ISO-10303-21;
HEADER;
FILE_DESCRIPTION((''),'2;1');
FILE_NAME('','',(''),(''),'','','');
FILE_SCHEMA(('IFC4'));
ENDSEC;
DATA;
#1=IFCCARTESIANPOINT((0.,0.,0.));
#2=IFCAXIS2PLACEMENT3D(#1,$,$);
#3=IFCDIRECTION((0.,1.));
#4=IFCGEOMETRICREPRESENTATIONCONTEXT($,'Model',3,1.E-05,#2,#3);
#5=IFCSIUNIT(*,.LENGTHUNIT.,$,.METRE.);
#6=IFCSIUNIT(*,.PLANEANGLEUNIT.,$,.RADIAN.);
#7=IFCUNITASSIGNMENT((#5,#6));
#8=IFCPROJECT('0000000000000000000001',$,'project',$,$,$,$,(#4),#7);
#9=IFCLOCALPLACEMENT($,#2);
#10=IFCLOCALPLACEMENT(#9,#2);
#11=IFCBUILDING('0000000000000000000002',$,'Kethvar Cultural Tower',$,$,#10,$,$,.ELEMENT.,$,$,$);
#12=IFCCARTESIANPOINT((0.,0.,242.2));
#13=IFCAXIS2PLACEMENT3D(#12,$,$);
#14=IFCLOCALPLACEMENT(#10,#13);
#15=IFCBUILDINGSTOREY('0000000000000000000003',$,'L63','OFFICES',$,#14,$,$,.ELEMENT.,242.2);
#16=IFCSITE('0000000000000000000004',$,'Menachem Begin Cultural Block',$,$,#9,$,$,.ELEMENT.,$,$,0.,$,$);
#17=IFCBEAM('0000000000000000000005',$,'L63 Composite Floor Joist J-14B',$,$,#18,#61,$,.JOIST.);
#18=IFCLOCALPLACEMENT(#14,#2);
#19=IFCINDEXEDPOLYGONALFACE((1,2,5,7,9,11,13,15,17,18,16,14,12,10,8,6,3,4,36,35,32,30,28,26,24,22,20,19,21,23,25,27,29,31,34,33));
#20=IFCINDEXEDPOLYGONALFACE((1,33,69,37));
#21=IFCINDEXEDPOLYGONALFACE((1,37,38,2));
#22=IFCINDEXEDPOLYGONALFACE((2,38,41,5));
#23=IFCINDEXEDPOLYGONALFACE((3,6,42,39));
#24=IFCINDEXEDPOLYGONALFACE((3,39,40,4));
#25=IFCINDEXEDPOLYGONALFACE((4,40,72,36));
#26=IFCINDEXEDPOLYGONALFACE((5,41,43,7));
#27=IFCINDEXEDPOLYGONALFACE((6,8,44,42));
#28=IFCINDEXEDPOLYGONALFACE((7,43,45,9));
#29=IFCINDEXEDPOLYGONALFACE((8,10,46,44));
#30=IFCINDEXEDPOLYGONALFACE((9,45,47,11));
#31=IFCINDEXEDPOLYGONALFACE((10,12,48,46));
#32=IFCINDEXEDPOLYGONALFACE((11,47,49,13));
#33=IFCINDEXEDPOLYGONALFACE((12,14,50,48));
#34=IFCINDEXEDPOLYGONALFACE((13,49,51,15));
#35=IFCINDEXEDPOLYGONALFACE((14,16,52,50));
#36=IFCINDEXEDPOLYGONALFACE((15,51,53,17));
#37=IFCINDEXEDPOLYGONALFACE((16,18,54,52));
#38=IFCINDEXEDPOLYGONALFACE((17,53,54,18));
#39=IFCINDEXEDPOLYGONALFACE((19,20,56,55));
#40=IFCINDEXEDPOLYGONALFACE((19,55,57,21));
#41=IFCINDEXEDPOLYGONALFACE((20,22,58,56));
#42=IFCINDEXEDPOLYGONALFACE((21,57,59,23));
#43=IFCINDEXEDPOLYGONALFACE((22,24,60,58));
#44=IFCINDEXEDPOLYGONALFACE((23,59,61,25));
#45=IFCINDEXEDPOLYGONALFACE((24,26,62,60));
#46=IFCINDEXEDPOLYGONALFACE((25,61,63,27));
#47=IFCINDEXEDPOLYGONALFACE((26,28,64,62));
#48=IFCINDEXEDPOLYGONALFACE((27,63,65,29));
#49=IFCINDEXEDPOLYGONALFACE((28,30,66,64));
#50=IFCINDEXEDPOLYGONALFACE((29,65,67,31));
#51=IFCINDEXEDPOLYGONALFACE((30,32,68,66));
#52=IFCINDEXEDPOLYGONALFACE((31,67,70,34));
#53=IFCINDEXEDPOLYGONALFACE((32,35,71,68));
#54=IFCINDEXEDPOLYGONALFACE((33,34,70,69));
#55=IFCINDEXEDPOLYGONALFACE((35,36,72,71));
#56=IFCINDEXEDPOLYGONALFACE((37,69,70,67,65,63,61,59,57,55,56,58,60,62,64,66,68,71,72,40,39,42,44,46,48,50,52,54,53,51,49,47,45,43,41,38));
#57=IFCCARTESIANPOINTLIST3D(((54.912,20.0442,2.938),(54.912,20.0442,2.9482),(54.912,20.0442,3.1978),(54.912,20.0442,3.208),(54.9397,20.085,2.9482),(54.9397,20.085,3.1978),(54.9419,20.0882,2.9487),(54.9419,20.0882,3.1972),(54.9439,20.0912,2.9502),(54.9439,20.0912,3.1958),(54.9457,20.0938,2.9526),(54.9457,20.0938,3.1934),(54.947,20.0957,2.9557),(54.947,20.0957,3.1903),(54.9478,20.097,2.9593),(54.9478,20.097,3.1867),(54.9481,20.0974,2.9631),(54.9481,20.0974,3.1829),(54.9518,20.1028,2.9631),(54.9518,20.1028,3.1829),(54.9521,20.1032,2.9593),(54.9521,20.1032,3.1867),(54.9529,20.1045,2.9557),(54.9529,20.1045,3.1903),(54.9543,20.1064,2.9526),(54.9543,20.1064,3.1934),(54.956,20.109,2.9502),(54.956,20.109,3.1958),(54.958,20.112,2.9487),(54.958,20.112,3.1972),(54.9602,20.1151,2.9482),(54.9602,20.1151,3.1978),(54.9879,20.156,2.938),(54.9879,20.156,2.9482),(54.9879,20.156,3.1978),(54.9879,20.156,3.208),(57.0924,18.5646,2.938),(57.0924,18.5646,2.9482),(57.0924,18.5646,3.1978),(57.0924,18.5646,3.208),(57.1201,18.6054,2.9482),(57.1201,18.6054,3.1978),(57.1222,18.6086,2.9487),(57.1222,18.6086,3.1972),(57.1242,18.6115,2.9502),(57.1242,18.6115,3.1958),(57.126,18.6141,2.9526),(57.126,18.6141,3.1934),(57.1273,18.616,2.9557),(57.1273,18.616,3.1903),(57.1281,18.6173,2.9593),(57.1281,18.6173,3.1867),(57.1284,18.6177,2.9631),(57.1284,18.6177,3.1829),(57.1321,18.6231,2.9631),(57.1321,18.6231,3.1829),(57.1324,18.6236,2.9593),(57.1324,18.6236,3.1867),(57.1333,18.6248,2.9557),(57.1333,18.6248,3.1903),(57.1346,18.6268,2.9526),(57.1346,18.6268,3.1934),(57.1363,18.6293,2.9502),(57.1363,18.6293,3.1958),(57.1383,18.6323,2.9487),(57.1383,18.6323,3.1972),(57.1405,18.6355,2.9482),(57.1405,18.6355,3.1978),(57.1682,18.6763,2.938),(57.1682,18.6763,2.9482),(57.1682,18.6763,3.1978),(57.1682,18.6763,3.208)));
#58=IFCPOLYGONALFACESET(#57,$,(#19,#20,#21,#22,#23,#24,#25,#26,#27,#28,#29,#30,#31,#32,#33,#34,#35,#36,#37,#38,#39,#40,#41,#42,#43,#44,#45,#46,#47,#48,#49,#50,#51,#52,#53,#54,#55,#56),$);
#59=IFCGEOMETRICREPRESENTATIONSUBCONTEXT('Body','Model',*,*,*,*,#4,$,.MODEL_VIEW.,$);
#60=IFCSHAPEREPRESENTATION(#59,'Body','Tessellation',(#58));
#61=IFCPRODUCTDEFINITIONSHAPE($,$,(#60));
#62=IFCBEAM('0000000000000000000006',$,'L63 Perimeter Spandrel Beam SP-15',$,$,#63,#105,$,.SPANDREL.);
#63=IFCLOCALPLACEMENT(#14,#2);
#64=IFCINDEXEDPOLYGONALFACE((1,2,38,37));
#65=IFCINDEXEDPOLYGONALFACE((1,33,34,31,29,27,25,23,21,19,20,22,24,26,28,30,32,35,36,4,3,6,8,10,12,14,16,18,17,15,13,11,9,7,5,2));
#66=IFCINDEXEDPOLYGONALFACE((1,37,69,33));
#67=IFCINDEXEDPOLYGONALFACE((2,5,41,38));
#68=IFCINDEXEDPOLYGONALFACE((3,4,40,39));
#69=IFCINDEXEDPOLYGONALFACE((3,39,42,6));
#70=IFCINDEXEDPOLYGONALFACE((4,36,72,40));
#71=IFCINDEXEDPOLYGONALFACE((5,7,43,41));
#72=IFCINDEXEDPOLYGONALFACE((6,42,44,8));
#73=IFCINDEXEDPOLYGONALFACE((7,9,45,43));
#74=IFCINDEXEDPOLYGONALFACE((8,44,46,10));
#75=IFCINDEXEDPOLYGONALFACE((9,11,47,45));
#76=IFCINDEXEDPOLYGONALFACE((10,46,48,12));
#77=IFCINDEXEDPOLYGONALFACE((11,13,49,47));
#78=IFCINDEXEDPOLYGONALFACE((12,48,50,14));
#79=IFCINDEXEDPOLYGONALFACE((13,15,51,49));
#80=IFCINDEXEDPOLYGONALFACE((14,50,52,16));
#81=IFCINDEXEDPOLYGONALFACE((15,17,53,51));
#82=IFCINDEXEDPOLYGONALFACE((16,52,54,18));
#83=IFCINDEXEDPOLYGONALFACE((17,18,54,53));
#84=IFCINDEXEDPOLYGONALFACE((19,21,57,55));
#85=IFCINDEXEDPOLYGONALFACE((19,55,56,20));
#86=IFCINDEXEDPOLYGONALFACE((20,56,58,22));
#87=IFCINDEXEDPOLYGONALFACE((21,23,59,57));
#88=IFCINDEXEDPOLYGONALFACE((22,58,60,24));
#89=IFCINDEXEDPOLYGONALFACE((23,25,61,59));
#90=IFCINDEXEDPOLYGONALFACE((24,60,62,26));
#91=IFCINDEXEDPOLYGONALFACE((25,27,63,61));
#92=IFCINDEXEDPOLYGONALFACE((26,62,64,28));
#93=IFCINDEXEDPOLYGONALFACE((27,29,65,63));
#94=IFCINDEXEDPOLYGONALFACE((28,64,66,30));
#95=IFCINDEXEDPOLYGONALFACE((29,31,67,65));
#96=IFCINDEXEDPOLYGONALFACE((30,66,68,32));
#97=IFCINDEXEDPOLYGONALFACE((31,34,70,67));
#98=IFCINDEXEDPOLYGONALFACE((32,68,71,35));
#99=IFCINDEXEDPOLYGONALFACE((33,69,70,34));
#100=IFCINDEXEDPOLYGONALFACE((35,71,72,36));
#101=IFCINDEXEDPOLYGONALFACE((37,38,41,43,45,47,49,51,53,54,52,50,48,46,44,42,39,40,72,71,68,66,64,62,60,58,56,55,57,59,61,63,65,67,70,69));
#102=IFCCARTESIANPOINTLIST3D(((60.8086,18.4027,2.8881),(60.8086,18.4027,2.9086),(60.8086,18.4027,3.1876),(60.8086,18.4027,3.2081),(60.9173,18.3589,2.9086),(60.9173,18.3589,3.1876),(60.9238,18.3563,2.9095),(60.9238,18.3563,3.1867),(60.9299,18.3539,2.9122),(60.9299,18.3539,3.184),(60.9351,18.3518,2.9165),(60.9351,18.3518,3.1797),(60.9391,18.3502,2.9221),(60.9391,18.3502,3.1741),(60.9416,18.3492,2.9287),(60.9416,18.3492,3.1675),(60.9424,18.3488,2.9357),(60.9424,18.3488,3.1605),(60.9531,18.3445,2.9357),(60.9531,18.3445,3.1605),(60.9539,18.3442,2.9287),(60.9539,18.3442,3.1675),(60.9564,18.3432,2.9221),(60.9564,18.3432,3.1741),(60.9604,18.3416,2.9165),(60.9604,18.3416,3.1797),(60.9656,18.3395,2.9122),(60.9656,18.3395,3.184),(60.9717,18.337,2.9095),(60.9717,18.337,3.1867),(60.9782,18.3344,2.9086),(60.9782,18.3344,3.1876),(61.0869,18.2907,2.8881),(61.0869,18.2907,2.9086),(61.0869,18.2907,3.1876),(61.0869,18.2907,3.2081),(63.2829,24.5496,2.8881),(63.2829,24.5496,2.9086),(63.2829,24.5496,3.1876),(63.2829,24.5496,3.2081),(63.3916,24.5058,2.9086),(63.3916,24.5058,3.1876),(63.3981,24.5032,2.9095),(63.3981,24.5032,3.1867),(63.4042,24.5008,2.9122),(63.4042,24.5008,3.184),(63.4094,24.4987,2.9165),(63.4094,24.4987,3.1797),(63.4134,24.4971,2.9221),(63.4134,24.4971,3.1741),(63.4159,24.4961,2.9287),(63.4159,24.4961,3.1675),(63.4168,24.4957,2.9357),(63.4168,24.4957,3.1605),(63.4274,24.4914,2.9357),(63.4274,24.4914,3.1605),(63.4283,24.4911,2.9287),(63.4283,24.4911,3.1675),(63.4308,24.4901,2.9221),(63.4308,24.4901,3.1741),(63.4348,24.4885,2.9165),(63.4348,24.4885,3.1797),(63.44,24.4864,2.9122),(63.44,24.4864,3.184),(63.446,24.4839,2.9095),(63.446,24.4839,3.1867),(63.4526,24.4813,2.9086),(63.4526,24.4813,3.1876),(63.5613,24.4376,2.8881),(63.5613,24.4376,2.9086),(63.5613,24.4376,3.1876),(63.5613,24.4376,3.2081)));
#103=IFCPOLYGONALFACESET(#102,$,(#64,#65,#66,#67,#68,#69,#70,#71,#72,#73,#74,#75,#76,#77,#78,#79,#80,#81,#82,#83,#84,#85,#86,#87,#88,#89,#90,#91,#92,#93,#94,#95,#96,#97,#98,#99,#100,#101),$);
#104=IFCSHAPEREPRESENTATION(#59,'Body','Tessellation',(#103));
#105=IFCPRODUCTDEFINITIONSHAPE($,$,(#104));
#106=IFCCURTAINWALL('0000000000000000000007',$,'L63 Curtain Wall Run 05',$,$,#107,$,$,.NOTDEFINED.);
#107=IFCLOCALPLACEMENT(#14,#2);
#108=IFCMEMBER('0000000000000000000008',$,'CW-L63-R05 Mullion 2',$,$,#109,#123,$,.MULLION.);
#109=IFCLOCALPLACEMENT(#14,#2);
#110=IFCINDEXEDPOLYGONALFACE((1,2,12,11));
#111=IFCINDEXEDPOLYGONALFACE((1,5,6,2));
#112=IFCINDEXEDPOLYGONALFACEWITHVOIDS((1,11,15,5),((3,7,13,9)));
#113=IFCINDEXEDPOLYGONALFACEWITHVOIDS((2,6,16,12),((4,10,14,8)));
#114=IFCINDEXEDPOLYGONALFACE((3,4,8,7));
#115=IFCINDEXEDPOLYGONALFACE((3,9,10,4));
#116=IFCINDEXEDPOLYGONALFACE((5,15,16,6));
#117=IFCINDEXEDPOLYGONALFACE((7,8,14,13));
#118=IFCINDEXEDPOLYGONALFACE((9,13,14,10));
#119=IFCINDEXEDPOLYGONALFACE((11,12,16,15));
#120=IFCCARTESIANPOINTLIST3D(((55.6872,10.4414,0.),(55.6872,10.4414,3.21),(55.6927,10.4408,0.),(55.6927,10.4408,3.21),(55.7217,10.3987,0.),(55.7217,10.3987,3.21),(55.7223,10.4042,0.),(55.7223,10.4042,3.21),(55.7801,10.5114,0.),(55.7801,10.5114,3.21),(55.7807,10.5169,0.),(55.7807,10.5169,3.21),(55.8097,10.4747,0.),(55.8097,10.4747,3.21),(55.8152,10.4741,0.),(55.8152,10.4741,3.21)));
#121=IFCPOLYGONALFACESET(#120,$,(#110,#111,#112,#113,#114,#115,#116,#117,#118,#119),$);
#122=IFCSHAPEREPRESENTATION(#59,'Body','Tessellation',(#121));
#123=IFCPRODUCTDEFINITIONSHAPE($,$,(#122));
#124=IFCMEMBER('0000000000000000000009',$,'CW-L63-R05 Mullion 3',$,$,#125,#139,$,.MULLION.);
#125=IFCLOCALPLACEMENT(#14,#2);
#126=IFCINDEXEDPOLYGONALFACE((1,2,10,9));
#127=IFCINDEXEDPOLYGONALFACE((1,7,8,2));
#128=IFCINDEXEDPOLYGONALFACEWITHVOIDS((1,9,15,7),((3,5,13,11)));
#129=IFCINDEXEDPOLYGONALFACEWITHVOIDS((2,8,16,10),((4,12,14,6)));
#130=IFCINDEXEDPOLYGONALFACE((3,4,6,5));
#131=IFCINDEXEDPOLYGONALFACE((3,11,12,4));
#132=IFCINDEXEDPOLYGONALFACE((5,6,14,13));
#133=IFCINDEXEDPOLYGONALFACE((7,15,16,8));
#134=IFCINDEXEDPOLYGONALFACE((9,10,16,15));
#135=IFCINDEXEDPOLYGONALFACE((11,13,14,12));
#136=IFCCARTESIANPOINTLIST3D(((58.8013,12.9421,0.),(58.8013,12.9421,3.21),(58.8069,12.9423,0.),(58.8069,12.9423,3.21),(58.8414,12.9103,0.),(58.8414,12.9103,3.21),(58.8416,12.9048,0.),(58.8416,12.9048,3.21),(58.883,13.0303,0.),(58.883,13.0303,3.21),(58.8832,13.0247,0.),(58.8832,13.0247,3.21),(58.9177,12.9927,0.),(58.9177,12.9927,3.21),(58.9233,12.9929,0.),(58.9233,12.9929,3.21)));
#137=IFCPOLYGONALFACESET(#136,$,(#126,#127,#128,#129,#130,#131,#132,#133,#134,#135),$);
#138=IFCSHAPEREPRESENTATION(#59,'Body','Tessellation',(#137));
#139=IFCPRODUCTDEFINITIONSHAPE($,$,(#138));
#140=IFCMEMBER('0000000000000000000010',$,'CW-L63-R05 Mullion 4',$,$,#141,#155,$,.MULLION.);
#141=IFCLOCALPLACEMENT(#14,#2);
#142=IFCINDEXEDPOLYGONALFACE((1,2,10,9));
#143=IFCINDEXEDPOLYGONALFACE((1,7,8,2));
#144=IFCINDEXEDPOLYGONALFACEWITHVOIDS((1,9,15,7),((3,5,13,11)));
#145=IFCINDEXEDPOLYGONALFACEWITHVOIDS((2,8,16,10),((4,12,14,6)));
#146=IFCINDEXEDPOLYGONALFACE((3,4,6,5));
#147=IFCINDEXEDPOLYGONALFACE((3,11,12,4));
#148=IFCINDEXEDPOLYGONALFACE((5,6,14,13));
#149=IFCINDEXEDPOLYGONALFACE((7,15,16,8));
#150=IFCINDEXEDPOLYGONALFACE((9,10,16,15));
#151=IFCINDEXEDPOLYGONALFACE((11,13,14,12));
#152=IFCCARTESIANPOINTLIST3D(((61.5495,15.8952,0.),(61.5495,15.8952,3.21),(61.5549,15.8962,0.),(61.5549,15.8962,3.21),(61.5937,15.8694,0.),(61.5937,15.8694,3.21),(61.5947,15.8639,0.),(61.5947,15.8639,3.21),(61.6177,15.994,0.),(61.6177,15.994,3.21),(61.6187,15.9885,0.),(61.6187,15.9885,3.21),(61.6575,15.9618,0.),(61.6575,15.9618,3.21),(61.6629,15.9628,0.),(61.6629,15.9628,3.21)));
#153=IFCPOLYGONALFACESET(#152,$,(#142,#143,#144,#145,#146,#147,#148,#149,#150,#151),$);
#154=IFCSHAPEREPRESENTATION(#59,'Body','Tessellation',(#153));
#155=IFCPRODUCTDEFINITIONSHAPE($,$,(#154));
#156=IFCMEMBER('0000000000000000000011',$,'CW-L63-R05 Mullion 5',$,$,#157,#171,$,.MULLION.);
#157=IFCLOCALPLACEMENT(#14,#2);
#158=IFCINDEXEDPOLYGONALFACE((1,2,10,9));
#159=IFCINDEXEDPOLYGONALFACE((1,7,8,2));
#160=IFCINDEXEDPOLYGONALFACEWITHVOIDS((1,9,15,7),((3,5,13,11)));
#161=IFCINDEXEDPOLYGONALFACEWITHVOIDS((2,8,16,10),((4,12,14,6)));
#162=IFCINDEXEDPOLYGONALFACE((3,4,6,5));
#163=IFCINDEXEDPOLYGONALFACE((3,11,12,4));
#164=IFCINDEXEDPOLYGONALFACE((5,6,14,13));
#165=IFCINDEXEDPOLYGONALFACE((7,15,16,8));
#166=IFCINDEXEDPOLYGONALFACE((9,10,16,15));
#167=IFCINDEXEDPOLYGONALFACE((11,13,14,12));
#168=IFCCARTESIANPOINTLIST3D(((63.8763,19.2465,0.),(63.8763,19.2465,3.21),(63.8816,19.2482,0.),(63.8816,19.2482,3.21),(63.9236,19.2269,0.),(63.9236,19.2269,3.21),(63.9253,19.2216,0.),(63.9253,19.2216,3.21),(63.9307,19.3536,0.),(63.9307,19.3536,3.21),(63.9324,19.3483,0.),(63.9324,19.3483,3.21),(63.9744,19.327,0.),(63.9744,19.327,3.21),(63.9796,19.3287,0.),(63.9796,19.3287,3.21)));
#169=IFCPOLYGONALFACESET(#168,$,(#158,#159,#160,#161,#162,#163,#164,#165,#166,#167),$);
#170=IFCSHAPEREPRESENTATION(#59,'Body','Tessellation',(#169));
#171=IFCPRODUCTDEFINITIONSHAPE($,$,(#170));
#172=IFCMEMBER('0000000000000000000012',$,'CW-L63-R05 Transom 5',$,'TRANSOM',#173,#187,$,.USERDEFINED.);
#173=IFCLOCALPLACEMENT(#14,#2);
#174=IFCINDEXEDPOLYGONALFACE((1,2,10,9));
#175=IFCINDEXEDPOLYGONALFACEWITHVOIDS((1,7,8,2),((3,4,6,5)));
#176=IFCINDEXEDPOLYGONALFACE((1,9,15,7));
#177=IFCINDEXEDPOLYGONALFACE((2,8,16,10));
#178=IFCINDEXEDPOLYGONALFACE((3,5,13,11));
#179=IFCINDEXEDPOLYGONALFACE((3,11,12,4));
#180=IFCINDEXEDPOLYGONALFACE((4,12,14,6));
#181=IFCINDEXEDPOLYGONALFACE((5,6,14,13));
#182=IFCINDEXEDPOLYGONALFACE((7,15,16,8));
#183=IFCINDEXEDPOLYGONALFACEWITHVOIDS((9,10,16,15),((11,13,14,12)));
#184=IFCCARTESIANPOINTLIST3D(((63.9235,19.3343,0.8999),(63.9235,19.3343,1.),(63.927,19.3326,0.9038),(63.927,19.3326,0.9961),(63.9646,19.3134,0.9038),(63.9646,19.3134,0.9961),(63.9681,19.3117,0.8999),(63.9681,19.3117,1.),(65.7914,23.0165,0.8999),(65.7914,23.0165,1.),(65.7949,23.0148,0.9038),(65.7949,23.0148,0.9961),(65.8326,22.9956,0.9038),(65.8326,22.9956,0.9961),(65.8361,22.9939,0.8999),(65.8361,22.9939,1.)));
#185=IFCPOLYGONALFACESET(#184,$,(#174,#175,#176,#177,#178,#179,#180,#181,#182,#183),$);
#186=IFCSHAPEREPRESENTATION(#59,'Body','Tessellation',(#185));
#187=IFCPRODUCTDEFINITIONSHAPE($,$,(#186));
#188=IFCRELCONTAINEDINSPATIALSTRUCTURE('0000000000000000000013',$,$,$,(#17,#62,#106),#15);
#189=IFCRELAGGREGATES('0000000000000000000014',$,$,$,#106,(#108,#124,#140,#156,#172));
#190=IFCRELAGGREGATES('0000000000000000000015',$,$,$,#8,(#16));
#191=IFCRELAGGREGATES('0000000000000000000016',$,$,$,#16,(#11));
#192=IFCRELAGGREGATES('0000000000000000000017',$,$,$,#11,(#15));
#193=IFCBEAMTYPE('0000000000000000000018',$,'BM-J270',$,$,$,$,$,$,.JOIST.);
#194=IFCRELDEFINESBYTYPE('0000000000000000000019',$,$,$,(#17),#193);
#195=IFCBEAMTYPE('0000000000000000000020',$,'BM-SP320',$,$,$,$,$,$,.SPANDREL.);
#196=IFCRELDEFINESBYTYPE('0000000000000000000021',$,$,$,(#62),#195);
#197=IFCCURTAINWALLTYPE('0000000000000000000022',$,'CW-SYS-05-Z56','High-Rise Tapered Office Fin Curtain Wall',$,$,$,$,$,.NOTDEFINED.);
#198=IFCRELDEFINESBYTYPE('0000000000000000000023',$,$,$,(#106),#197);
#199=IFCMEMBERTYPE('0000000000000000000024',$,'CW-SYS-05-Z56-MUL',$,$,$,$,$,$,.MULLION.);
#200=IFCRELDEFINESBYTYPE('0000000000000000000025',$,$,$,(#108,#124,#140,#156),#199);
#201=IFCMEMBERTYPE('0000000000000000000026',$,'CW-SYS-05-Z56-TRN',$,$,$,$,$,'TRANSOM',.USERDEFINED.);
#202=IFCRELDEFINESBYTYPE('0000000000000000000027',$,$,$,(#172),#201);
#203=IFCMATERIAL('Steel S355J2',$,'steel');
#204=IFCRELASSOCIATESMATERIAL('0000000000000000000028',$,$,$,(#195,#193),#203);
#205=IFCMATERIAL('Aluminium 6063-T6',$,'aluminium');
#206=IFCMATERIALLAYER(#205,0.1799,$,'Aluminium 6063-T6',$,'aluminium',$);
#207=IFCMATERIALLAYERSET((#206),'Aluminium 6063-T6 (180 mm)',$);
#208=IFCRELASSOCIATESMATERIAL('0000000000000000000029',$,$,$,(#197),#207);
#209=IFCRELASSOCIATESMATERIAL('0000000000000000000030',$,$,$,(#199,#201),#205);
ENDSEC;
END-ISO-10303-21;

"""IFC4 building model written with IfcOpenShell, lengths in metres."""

from ifc_helpers import new_model, si_unit, direction, frame, origin, origin_2d, place, context, subcontext, project, spatial, hollow_rectangle, i_section, extrude, source, transform, mapped, material, layer, layer_set, material_profile, profile_set, type_object, element, aggregate, save


model = new_model("IFC4")

# Units and contexts
model_context = context("Model", 3, precision=1e-05, world=origin(), true_north=direction((0.0, 1.0)))
body_context = subcontext(model_context, "Body", "Model", "MODEL_VIEW")
ifc_project = project(units=[si_unit("LENGTHUNIT", "METRE"), si_unit("PLANEANGLEUNIT", "RADIAN")], contexts=[model_context])

# Site, building, storey
site_placement = place(None, origin())
site = spatial("IfcSite", under=ifc_project, at=site_placement, Name="Menachem Begin Cultural Block", CompositionType="ELEMENT", RefElevation=0.0)
building_placement = place(site_placement, origin())
building = spatial("IfcBuilding", under=site, at=building_placement, Name="Kethvar Cultural Tower", CompositionType="ELEMENT")
storey_placement = place(building_placement, frame((0.0, 0.0, 242.2)))
storey = spatial("IfcBuildingStorey", under=building, at=storey_placement, Name="L63", Description="OFFICES", CompositionType="ELEMENT", Elevation=242.2)

# Beams
ifc_material_1 = material(Name="Steel S355J2", Category="steel")
ifc_material_profile_1 = material_profile(ifc_material_1, i_section(OverallWidth=0.3, OverallDepth=0.3201, WebThickness=0.0115, FlangeThickness=0.0205, FilletRadius=0.0271, at=origin_2d()), Name="Steel S355J2 — HEB320")
ifc_profile_set_1 = profile_set([ifc_material_profile_1], Name="Steel S355J2 — HEB320")
beam_type_1 = type_object("IfcBeamType", Name="BM-SP320", PredefinedType="SPANDREL", material=ifc_profile_set_1)
ifc_material_profile_2 = material_profile(ifc_material_1, i_section(OverallWidth=0.135, OverallDepth=0.27, WebThickness=0.0066, FlangeThickness=0.0103, FilletRadius=0.0149, at=origin_2d()), Name="Steel S355J2 — IPE270")
ifc_profile_set_2 = profile_set([ifc_material_profile_2], Name="Steel S355J2 — IPE270")
beam_type_2 = type_object("IfcBeamType", Name="BM-J270", PredefinedType="JOIST", material=ifc_profile_set_2)
shared_shape_1 = source(origin(), body_context, "Body", "SweptSolid", [
    extrude(i_section(OverallWidth=0.135, OverallDepth=0.27, WebThickness=0.0066, FlangeThickness=0.0103, FilletRadius=0.0149, at=origin_2d()), origin(), (0.0, 0.0, 1.0), 2.635),
])
beam_1_placement = place(storey_placement, frame((54.95, 20.1001, 3.073), z_axis=(0.827447, -0.561544, 0.0), x_axis=(0.561544, 0.827447, 0.0)))
element("IfcBeam", 1, at=beam_1_placement, inside=storey, type_object=beam_type_2, Name="L63 Composite Floor Joist J-14B", PredefinedType="JOIST", context=body_context, shape_type="MappedRepresentation", body=[
    mapped(shared_shape_1, transform((0.0, 0.0, 0.0), scale=1.0)),
])
shared_shape_2 = source(origin(), body_context, "Body", "SweptSolid", [
    extrude(i_section(OverallWidth=0.3, OverallDepth=0.3201, WebThickness=0.0115, FlangeThickness=0.0205, FilletRadius=0.0271, at=origin_2d()), origin(), (0.0, 0.0, 1.0), 6.6262),
])
beam_2_placement = place(storey_placement, frame((60.9478, 18.3467, 3.0481), z_axis=(0.373416, 0.927664, 0.0), x_axis=(-0.927664, 0.373416, 0.0)))
element("IfcBeam", 2, at=beam_2_placement, inside=storey, type_object=beam_type_1, Name="L63 Perimeter Spandrel Beam SP-15", PredefinedType="SPANDREL", context=body_context, shape_type="MappedRepresentation", body=[
    mapped(shared_shape_2, transform((0.0, 0.0, 0.0), scale=1.0)),
])

# Curtain wall, members
ifc_material_2 = material(Name="Aluminium 6063-T6", Category="aluminium")
ifc_layer_1 = layer(ifc_material_2, 0.1799, Name="Aluminium 6063-T6", Category="aluminium")
ifc_layer_set_1 = layer_set([ifc_layer_1], Name="Aluminium 6063-T6 (180 mm)")
curtain_wall_type = type_object("IfcCurtainWallType", Name="CW-SYS-05-Z56", Description="High-Rise Tapered Office Fin Curtain Wall", PredefinedType="NOTDEFINED", material=ifc_layer_set_1)
curtain_wall_placement = place(storey_placement, origin())
curtain_wall = element("IfcCurtainWall", 3, at=curtain_wall_placement, inside=storey, type_object=curtain_wall_type, Name="L63 Curtain Wall Run 05", PredefinedType="NOTDEFINED")
ifc_material_profile_3 = material_profile(ifc_material_2, hollow_rectangle(XDim=0.0549, YDim=0.1201, WallThickness=0.0039, at=origin_2d()), Name="Aluminium 6063-T6 — RHS120x55x4")
ifc_profile_set_3 = profile_set([ifc_material_profile_3], Name="Aluminium 6063-T6 — RHS120x55x4")
member_type_1 = type_object("IfcMemberType", Name="CW-SYS-05-Z56-MUL", PredefinedType="MULLION", material=ifc_profile_set_3)
shared_shape_3 = source(origin(), body_context, "Body", "SweptSolid", [
    extrude(hollow_rectangle(XDim=0.0549, YDim=0.1201, WallThickness=0.0039, at=origin_2d()), origin(), (0.0, 0.0, 1.0), 3.21),
])
member_1_placement = place(storey_placement, frame((55.7512, 10.4578, 0.0), z_axis=(0.0, 0.0, 1.0), x_axis=(-0.628126, 0.778112, 0.0)))
member_1 = element("IfcMember", 4, at=member_1_placement, type_object=member_type_1, Name="CW-L63-R05 Mullion 2", PredefinedType="MULLION", context=body_context, shape_type="MappedRepresentation", body=[
    mapped(shared_shape_3, transform((0.0, 0.0, 0.0), scale=1.0)),
])
member_2_placement = place(storey_placement, frame((58.8623, 12.9675, 0.0), z_axis=(0.0, 0.0, 1.0), x_axis=(-0.733706, 0.679467, 0.0)))
member_2 = element("IfcMember", 5, at=member_2_placement, type_object=member_type_1, Name="CW-L63-R05 Mullion 3", PredefinedType="MULLION", context=body_context, shape_type="MappedRepresentation", body=[
    mapped(shared_shape_3, transform((0.0, 0.0, 0.0), scale=1.0)),
])
member_3_placement = place(storey_placement, frame((61.6062, 15.929, 0.0), z_axis=(0.0, 0.0, 1.0), x_axis=(-0.82271, 0.568461, 0.0)))
member_3 = element("IfcMember", 6, at=member_3_placement, type_object=member_type_1, Name="CW-L63-R05 Mullion 4", PredefinedType="MULLION", context=body_context, shape_type="MappedRepresentation", body=[
    mapped(shared_shape_3, transform((0.0, 0.0, 0.0), scale=1.0)),
])
member_4_placement = place(storey_placement, frame((63.928, 19.2876, 0.0), z_axis=(0.0, 0.0, 1.0), x_axis=(-0.891813, 0.452404, 0.0)))
member_4 = element("IfcMember", 7, at=member_4_placement, type_object=member_type_1, Name="CW-L63-R05 Mullion 5", PredefinedType="MULLION", context=body_context, shape_type="MappedRepresentation", body=[
    mapped(shared_shape_3, transform((0.0, 0.0, 0.0), scale=1.0)),
])
ifc_material_profile_4 = material_profile(ifc_material_2, hollow_rectangle(XDim=0.05, YDim=0.1001, WallThickness=0.0039, at=origin_2d()), Name="Aluminium 6063-T6 — RHS100x50x4")
ifc_profile_set_4 = profile_set([ifc_material_profile_4], Name="Aluminium 6063-T6 — RHS100x50x4")
member_type_2 = type_object("IfcMemberType", Name="CW-SYS-05-Z56-TRN", ElementType="TRANSOM", PredefinedType="USERDEFINED", material=ifc_profile_set_4)
shared_shape_4 = source(origin(), body_context, "Body", "SweptSolid", [
    extrude(hollow_rectangle(XDim=0.05, YDim=0.1001, WallThickness=0.0039, at=origin_2d()), origin(), (0.0, 0.0, 1.0), 4.1289),
])
member_5_placement = place(storey_placement, frame((63.9458, 19.323, 0.95), z_axis=(0.45241, 0.89181, 0.0), x_axis=(-0.89181, 0.45241, 0.0)))
member_5 = element("IfcMember", 8, at=member_5_placement, type_object=member_type_2, Name="CW-L63-R05 Transom 5", ObjectType="TRANSOM", PredefinedType="USERDEFINED", context=body_context, shape_type="MappedRepresentation", body=[
    mapped(shared_shape_4, transform((0.0, 0.0, 0.0), scale=1.0)),
])
aggregate(curtain_wall, [member_1, member_2, member_3, member_4, member_5])

save(model, "model.ifc")
